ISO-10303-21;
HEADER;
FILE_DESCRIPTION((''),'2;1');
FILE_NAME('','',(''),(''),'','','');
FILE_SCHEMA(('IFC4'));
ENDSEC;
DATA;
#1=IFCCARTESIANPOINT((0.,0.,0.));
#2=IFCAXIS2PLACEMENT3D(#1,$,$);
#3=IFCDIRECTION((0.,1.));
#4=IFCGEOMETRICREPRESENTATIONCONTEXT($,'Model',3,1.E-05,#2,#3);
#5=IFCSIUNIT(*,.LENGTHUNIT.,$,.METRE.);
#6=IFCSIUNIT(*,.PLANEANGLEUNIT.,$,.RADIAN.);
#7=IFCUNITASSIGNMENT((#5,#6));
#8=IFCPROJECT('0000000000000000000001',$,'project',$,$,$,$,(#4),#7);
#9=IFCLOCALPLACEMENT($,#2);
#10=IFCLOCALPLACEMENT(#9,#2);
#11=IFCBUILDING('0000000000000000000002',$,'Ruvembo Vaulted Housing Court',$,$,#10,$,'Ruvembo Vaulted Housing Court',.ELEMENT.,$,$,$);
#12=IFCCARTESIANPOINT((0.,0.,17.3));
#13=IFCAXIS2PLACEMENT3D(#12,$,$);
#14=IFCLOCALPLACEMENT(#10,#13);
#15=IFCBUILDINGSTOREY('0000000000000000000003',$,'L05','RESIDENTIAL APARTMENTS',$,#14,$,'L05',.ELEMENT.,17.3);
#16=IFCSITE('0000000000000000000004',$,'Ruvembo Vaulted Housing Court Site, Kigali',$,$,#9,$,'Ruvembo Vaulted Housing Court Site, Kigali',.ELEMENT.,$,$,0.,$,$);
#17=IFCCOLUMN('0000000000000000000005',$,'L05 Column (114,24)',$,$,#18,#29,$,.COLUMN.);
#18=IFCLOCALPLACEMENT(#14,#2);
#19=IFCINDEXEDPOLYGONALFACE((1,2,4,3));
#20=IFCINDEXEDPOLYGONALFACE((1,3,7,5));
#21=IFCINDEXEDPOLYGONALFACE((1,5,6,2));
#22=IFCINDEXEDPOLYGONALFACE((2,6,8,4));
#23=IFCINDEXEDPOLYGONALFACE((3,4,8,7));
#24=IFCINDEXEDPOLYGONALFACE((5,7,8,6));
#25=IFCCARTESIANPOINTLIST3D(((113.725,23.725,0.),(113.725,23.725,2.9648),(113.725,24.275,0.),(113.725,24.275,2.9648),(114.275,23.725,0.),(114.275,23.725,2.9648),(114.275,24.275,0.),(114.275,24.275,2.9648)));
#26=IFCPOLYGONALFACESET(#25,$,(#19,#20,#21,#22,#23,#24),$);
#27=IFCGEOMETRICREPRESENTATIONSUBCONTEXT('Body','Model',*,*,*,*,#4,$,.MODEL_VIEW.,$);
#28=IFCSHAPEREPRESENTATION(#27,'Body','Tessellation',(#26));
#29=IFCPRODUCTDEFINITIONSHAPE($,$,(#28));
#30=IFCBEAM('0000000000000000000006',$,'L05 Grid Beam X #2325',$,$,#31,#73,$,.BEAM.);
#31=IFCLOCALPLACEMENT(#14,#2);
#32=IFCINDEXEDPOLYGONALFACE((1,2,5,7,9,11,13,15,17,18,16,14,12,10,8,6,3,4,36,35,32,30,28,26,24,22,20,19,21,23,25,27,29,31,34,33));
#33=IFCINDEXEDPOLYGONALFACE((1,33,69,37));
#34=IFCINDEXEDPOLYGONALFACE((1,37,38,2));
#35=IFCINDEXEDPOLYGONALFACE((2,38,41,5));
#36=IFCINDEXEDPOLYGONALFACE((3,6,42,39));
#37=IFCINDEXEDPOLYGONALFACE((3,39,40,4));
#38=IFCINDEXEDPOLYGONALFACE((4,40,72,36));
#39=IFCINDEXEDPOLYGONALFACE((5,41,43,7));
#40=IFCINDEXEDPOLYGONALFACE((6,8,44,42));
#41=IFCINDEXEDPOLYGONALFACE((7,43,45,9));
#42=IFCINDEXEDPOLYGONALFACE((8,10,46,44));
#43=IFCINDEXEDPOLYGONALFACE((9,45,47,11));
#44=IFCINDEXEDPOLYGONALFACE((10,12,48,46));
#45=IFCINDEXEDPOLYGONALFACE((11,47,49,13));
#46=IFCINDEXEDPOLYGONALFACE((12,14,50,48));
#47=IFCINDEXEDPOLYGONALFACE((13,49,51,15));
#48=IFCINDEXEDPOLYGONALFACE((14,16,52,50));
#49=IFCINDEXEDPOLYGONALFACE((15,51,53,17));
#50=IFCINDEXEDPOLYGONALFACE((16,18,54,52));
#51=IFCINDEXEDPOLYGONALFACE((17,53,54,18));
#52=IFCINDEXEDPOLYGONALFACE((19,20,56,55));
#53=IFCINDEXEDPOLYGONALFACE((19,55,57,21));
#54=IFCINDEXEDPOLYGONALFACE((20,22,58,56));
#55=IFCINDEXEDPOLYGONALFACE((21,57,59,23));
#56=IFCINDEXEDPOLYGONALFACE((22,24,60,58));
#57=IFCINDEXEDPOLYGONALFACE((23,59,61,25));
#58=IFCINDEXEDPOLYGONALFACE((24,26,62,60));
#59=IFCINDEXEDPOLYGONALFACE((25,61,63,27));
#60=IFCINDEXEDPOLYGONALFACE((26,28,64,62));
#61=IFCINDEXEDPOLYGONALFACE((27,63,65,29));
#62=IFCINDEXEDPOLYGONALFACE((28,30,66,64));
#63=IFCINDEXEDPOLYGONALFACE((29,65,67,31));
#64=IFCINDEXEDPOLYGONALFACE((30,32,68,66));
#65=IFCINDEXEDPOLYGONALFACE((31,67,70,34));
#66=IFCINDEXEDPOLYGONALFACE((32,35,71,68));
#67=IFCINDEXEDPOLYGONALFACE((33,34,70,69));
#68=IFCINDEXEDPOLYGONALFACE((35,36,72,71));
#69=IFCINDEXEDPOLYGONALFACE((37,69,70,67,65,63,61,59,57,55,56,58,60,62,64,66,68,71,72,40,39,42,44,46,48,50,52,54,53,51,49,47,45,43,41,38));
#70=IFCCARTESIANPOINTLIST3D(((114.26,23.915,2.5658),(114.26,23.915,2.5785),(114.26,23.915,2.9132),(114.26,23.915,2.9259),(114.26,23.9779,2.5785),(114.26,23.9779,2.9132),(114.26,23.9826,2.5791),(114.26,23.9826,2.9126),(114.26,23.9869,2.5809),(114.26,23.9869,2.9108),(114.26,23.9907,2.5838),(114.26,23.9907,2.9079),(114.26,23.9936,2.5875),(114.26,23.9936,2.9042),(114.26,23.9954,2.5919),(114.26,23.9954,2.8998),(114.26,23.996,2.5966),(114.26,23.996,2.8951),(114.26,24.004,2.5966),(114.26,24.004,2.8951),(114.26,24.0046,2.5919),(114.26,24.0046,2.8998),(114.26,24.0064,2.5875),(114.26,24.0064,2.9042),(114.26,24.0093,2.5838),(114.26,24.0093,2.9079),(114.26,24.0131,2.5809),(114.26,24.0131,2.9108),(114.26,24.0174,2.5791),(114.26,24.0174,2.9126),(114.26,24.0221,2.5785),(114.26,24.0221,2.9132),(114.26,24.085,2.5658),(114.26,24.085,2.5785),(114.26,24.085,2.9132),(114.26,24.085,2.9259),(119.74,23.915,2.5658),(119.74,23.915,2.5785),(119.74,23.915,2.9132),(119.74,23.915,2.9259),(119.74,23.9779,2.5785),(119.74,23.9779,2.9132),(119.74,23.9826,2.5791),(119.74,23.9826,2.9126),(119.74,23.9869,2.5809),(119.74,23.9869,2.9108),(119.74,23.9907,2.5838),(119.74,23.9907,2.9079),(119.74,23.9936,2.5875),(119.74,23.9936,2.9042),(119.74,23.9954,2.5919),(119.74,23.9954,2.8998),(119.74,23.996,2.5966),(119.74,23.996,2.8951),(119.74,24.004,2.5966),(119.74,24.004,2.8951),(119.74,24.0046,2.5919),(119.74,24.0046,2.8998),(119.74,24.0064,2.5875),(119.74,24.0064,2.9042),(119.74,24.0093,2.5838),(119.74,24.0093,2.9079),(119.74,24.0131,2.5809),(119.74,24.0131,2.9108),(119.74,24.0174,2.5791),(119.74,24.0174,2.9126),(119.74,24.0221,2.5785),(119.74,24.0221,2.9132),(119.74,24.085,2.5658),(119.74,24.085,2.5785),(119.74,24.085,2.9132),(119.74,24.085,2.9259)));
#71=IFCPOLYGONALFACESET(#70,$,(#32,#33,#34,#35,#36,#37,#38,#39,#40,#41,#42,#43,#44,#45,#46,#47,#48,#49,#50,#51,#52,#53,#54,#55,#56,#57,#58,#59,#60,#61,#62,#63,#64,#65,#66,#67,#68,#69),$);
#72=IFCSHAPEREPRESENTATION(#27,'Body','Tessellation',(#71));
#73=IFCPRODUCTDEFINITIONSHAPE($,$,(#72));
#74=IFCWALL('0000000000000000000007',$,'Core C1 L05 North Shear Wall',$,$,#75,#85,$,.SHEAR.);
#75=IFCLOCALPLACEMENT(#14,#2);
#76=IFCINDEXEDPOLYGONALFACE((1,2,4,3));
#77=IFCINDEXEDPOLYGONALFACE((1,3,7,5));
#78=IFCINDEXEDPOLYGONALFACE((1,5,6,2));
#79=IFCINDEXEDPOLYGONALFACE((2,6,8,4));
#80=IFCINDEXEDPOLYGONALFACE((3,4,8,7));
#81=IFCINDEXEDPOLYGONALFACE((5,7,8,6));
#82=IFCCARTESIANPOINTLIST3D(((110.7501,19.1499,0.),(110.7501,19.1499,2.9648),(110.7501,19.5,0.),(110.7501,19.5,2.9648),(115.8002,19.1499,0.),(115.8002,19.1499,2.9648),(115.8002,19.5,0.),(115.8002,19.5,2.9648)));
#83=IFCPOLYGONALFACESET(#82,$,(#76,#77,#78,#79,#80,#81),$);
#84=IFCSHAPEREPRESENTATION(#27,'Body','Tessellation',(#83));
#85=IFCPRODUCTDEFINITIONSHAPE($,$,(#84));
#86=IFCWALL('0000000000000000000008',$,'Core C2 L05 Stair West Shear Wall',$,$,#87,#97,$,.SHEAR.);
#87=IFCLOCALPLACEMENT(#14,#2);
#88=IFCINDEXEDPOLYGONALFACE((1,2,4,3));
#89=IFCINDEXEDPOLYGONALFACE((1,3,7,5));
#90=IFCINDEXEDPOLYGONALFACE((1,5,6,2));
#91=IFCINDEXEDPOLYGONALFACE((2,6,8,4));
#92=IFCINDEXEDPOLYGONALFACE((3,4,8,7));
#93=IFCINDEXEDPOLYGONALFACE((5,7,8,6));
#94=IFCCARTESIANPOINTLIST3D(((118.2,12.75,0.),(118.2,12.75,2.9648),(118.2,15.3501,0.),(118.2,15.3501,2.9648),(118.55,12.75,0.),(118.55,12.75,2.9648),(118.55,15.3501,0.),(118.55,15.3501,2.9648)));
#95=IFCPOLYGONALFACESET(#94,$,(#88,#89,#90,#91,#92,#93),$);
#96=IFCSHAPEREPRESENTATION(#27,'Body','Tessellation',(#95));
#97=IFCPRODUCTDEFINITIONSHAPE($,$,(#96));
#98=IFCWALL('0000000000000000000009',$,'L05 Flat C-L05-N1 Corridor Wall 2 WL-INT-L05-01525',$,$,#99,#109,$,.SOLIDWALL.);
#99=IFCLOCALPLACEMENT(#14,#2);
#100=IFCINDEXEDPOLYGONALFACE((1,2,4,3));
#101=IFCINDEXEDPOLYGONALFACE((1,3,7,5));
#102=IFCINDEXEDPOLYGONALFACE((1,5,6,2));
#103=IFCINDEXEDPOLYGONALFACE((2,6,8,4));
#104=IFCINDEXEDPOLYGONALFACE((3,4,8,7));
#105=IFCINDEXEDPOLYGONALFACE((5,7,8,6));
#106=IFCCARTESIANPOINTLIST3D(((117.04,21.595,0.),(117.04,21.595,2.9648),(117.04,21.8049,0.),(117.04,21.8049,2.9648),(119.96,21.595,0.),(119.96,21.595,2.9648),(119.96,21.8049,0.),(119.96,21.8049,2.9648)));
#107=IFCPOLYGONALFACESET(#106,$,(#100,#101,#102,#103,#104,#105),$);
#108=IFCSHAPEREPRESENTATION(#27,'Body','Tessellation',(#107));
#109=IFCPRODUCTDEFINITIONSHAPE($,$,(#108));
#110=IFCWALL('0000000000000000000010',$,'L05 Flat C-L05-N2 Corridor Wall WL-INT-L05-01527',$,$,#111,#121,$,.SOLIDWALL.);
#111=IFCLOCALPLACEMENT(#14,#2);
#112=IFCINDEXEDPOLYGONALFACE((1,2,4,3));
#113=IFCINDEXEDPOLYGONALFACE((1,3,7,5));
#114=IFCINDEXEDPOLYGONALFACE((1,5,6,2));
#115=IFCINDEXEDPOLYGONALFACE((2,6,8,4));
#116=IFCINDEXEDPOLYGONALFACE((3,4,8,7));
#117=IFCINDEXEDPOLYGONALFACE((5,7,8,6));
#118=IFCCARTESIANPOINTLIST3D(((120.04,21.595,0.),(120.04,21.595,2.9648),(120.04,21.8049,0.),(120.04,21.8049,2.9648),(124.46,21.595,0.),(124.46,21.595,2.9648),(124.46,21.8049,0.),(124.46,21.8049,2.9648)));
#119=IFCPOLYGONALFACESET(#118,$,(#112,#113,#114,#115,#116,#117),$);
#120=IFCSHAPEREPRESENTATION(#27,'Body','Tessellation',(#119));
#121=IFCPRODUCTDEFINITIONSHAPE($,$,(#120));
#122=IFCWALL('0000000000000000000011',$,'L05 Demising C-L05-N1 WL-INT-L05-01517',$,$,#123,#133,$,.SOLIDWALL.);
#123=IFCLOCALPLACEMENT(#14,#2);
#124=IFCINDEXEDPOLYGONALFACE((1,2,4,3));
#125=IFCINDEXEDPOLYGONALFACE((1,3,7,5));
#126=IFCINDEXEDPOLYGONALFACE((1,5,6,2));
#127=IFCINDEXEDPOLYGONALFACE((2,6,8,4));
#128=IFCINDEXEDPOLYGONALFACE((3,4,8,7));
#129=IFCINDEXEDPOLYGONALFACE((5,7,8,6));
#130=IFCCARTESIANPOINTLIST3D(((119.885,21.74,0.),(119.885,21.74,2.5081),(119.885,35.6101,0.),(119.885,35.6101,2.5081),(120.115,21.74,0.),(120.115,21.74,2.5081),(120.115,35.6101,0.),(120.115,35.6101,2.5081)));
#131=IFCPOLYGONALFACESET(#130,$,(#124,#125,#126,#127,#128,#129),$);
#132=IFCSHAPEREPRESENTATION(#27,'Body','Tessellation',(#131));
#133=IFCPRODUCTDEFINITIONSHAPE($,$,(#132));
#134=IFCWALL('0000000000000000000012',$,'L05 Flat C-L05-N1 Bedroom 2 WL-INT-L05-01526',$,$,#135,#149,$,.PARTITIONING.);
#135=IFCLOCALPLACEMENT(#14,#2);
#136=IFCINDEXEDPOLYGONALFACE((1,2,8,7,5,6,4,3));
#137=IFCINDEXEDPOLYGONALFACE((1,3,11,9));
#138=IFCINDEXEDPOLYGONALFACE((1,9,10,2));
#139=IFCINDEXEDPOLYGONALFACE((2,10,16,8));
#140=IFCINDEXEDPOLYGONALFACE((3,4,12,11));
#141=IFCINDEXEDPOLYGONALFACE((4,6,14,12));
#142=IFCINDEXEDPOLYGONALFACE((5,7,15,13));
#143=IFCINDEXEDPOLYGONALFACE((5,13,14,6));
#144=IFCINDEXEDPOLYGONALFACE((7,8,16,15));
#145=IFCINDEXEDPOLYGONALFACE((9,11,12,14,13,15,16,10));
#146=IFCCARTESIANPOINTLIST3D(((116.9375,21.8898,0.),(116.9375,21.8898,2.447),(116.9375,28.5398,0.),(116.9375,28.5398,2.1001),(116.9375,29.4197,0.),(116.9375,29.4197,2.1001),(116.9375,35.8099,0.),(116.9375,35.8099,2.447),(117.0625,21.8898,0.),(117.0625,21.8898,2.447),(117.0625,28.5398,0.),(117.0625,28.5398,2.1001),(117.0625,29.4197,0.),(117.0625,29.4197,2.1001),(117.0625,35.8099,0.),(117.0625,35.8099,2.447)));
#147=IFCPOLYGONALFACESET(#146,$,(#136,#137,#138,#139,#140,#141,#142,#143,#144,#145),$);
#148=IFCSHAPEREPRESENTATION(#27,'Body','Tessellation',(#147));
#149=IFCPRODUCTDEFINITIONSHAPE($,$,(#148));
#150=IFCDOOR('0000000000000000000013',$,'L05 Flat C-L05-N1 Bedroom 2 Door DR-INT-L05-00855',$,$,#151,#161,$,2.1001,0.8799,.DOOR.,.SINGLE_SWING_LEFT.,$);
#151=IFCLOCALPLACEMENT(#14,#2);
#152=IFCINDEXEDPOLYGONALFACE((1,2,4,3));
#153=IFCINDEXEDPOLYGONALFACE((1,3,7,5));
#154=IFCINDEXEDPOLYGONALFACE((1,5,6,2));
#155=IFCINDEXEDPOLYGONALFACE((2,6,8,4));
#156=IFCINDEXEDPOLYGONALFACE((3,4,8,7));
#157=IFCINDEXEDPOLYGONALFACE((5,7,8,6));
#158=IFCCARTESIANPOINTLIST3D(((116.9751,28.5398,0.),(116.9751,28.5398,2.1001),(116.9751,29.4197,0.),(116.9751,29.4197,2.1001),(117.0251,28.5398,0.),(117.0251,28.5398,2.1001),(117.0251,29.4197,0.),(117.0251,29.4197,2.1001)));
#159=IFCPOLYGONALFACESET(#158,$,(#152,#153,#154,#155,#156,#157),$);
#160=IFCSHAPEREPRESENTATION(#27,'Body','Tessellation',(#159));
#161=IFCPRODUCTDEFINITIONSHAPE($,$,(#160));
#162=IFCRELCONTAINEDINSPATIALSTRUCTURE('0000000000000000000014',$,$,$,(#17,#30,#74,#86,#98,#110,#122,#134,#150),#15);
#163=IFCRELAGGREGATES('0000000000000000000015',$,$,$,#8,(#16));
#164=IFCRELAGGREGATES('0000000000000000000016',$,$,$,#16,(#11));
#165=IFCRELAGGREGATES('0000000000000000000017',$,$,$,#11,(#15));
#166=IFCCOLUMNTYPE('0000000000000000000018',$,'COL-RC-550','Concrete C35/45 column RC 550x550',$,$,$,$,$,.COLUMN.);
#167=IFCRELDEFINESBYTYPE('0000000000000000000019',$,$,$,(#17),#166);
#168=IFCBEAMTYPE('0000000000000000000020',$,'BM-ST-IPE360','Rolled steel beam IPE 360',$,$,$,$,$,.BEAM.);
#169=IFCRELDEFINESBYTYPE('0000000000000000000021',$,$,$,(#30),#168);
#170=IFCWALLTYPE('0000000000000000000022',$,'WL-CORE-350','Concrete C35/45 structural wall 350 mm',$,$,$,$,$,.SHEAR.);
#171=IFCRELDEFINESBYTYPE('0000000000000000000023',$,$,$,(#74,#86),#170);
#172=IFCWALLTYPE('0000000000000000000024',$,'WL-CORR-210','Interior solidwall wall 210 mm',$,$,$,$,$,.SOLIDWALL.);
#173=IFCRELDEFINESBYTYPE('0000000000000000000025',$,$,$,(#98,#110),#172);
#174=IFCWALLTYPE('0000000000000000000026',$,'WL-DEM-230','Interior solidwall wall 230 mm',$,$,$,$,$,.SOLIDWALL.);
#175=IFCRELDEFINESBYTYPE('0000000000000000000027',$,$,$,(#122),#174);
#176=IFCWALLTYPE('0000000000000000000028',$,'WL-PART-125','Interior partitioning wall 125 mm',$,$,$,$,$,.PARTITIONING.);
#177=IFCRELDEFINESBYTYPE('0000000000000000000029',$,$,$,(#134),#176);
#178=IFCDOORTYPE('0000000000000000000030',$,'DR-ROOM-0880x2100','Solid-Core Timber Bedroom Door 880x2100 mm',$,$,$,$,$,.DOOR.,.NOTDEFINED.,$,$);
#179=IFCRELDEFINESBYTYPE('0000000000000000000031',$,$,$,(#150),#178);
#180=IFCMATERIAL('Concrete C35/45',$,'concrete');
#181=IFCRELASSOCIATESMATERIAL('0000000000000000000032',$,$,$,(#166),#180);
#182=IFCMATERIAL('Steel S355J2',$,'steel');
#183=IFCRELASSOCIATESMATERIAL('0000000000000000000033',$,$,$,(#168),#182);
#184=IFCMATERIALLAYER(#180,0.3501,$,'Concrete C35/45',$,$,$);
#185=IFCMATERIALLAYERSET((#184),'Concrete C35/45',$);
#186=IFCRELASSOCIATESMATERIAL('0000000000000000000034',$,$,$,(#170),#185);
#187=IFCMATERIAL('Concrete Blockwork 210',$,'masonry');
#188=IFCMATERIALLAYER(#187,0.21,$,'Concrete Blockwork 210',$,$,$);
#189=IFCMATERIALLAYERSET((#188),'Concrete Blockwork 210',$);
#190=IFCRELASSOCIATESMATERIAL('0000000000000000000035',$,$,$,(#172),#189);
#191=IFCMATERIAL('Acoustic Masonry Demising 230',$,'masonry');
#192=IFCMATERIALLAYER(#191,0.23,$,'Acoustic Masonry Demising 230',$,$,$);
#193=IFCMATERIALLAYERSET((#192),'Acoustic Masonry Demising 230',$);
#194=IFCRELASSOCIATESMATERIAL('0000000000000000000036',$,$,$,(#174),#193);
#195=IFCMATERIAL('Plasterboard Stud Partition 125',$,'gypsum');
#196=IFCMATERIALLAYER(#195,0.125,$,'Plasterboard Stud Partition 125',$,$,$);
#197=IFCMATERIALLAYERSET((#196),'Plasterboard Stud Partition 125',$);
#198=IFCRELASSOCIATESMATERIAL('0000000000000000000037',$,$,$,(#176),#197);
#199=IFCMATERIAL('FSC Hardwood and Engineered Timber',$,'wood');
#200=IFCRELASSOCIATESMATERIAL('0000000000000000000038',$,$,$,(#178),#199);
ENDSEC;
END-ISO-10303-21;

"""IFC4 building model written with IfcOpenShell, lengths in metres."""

from ifc_helpers import new_model, si_unit, direction, frame, frame_2d, origin, origin_2d, place, context, subcontext, project, spatial, rectangle, i_section, extrude, material, layer, layer_set, material_profile, profile_set, type_object, element, fill, save


model = new_model("IFC4")

# Units and contexts
model_context = context("Model", 3, precision=1e-05, world=origin(), true_north=direction((0.0, 1.0)))
body_context = subcontext(model_context, "Body", "Model", "MODEL_VIEW")
ifc_project = project(units=[si_unit("LENGTHUNIT", "METRE"), si_unit("PLANEANGLEUNIT", "RADIAN")], contexts=[model_context])

# Site, building, storey
site_placement = place(None, origin())
site = spatial("IfcSite", under=ifc_project, at=site_placement, Name="Ruvembo Vaulted Housing Court Site, Kigali", LongName="Ruvembo Vaulted Housing Court Site, Kigali", CompositionType="ELEMENT", RefElevation=0.0)
building_placement = place(site_placement, origin())
building = spatial("IfcBuilding", under=site, at=building_placement, Name="Ruvembo Vaulted Housing Court", LongName="Ruvembo Vaulted Housing Court", CompositionType="ELEMENT")
storey_placement = place(building_placement, frame((0.0, 0.0, 17.3)))
storey = spatial("IfcBuildingStorey", under=building, at=storey_placement, Name="L05", Description="RESIDENTIAL APARTMENTS", LongName="L05", CompositionType="ELEMENT", Elevation=17.3)

# Column
ifc_material_1 = material(Name="Concrete C35/45", Category="concrete")
ifc_material_profile_1 = material_profile(ifc_material_1, rectangle(XDim=0.55, YDim=0.55, at=origin_2d()), Name="RC 550x550")
ifc_profile_set_1 = profile_set([ifc_material_profile_1], Name="Concrete C35/45")
column_type = type_object("IfcColumnType", Name="COL-RC-550", Description="Concrete C35/45 column RC 550x550", PredefinedType="COLUMN", material=ifc_profile_set_1)
column_placement = place(storey_placement, frame((114.0, 24.0, 0.0), z_axis=(0.0, 0.0, 1.0), x_axis=(1.0, 0.0, 0.0)))
element("IfcColumn", 1, at=column_placement, inside=storey, type_object=column_type, Name="L05 Column (114,24)", PredefinedType="COLUMN", context=body_context, shape_type="SweptSolid", body=[
    extrude(rectangle(XDim=0.55, YDim=0.55, at=origin_2d()), origin(), (0.0, 0.0, 1.0), 2.9648),
])

# Beam
ifc_material_2 = material(Name="Steel S355J2", Category="steel")
ifc_material_profile_2 = material_profile(ifc_material_2, i_section(OverallWidth=0.1699, OverallDepth=0.3601, WebThickness=0.0081, FlangeThickness=0.0127, FilletRadius=0.0181, at=origin_2d()), Name="IPE 360")
ifc_profile_set_2 = profile_set([ifc_material_profile_2], Name="Steel S355J2")
beam_type = type_object("IfcBeamType", Name="BM-ST-IPE360", Description="Rolled steel beam IPE 360", PredefinedType="BEAM", material=ifc_profile_set_2)
beam_placement = place(storey_placement, frame((114.26, 24.0, 2.7458), z_axis=(1.0, 0.0, 0.0), x_axis=(0.0, 1.0, 0.0)))
element("IfcBeam", 2, at=beam_placement, inside=storey, type_object=beam_type, Name="L05 Grid Beam X #2325", PredefinedType="BEAM", context=body_context, shape_type="SweptSolid", body=[
    extrude(i_section(OverallWidth=0.1699, OverallDepth=0.3601, WebThickness=0.0081, FlangeThickness=0.0127, FilletRadius=0.0181, at=origin_2d()), origin(), (0.0, 0.0, 1.0), 5.48),
])

# Walls
ifc_layer_1 = layer(ifc_material_1, 0.3501, Name="Concrete C35/45")
ifc_layer_set_1 = layer_set([ifc_layer_1], Name="Concrete C35/45")
wall_type_1 = type_object("IfcWallType", Name="WL-CORE-350", Description="Concrete C35/45 structural wall 350 mm", PredefinedType="SHEAR", material=ifc_layer_set_1)
wall_1_placement = place(storey_placement, frame((115.8, 19.325, 0.0), z_axis=(0.0, 0.0, 1.0), x_axis=(-1.0, 0.0, 0.0)))
element("IfcWall", 3, at=wall_1_placement, inside=storey, type_object=wall_type_1, Name="Core C1 L05 North Shear Wall", PredefinedType="SHEAR", context=body_context, shape_type="SweptSolid", body=[
    extrude(rectangle(XDim=5.05, YDim=0.3501, at=frame_2d((2.5249, 0.0))), origin(), (0.0, 0.0, 1.0), 2.9648),
])
wall_2_placement = place(storey_placement, frame((118.375, 15.3501, 0.0), z_axis=(0.0, 0.0, 1.0), x_axis=(0.0, -1.0, 0.0)))
element("IfcWall", 4, at=wall_2_placement, inside=storey, type_object=wall_type_1, Name="Core C2 L05 Stair West Shear Wall", PredefinedType="SHEAR", context=body_context, shape_type="SweptSolid", body=[
    extrude(rectangle(XDim=2.6001, YDim=0.3501, at=frame_2d((1.3, 0.0))), origin(), (0.0, 0.0, 1.0), 2.9648),
])
ifc_material_3 = material(Name="Concrete Blockwork 210", Category="masonry")
ifc_layer_2 = layer(ifc_material_3, 0.21, Name="Concrete Blockwork 210")
ifc_layer_set_2 = layer_set([ifc_layer_2], Name="Concrete Blockwork 210")
wall_type_2 = type_object("IfcWallType", Name="WL-CORR-210", Description="Interior solidwall wall 210 mm", PredefinedType="SOLIDWALL", material=ifc_layer_set_2)
wall_3_placement = place(storey_placement, frame((117.04, 21.7, 0.0), z_axis=(0.0, 0.0, 1.0), x_axis=(1.0, 0.0, 0.0)))
element("IfcWall", 5, at=wall_3_placement, inside=storey, type_object=wall_type_2, Name="L05 Flat C-L05-N1 Corridor Wall 2 WL-INT-L05-01525", PredefinedType="SOLIDWALL", context=body_context, shape_type="SweptSolid", body=[
    extrude(rectangle(XDim=2.9199, YDim=0.21, at=frame_2d((1.46, 0.0))), origin(), (0.0, 0.0, 1.0), 2.9648),
])
wall_4_placement = place(storey_placement, frame((120.04, 21.7, 0.0), z_axis=(0.0, 0.0, 1.0), x_axis=(1.0, 0.0, 0.0)))
element("IfcWall", 6, at=wall_4_placement, inside=storey, type_object=wall_type_2, Name="L05 Flat C-L05-N2 Corridor Wall WL-INT-L05-01527", PredefinedType="SOLIDWALL", context=body_context, shape_type="SweptSolid", body=[
    extrude(rectangle(XDim=4.4199, YDim=0.21, at=frame_2d((2.21, 0.0))), origin(), (0.0, 0.0, 1.0), 2.9648),
])
ifc_material_4 = material(Name="Acoustic Masonry Demising 230", Category="masonry")
ifc_layer_3 = layer(ifc_material_4, 0.23, Name="Acoustic Masonry Demising 230")
ifc_layer_set_3 = layer_set([ifc_layer_3], Name="Acoustic Masonry Demising 230")
wall_type_3 = type_object("IfcWallType", Name="WL-DEM-230", Description="Interior solidwall wall 230 mm", PredefinedType="SOLIDWALL", material=ifc_layer_set_3)
wall_5_placement = place(storey_placement, frame((120.0, 21.74, 0.0), z_axis=(0.0, 0.0, 1.0), x_axis=(0.0, 1.0, 0.0)))
element("IfcWall", 7, at=wall_5_placement, inside=storey, type_object=wall_type_3, Name="L05 Demising C-L05-N1 WL-INT-L05-01517", PredefinedType="SOLIDWALL", context=body_context, shape_type="SweptSolid", body=[
    extrude(rectangle(XDim=13.8701, YDim=0.23, at=frame_2d((6.9351, 0.0))), origin(), (0.0, 0.0, 1.0), 2.5081),
])

# Wall, opening, door
ifc_material_5 = material(Name="Plasterboard Stud Partition 125", Category="gypsum")
ifc_layer_4 = layer(ifc_material_5, 0.125, Name="Plasterboard Stud Partition 125")
ifc_layer_set_4 = layer_set([ifc_layer_4], Name="Plasterboard Stud Partition 125")
wall_type_4 = type_object("IfcWallType", Name="WL-PART-125", Description="Interior partitioning wall 125 mm", PredefinedType="PARTITIONING", material=ifc_layer_set_4)
wall_6_placement = place(storey_placement, frame((117.0, 21.8899, 0.0), z_axis=(0.0, 0.0, 1.0), x_axis=(0.0, 1.0, 0.0)))
wall_6 = element("IfcWall", 8, at=wall_6_placement, inside=storey, type_object=wall_type_4, Name="L05 Flat C-L05-N1 Bedroom 2 WL-INT-L05-01526", PredefinedType="PARTITIONING", context=body_context, shape_type="SweptSolid", body=[
    extrude(rectangle(XDim=13.9202, YDim=0.125, at=frame_2d((6.96, 0.0))), origin(), (0.0, 0.0, 1.0), 2.447),
])
opening_1_placement = place(wall_6_placement, frame((6.6499, 0.0, 0.0)))
opening_1 = element("IfcOpeningElement", 9, at=opening_1_placement, cuts=wall_6, PredefinedType="OPENING", context=body_context, shape_type="SweptSolid", body=[
    extrude(rectangle(XDim=0.8799, YDim=2.1001, at=frame_2d((0.4399, 1.05))), frame((0.0, 0.0725, 0.0), z_axis=(0.0, -1.0, 0.0), x_axis=(1.0, 0.0, 0.0)), (0.0, 0.0, 1.0), 0.145),
])
ifc_material_6 = material(Name="FSC Hardwood and Engineered Timber", Category="wood")
door_type_1 = type_object("IfcDoorType", Name="DR-ROOM-0880x2100", Description="Solid-Core Timber Bedroom Door 880x2100 mm", OperationType="NOTDEFINED", PredefinedType="DOOR", material=ifc_material_6)
door_1_placement = place(opening_1_placement, origin())
door_1 = element("IfcDoor", 10, at=door_1_placement, inside=storey, type_object=door_type_1, Name="L05 Flat C-L05-N1 Bedroom 2 Door DR-INT-L05-00855", OperationType="SINGLE_SWING_LEFT", OverallHeight=2.1001, OverallWidth=0.8799, PredefinedType="DOOR", context=body_context, shape_type="SweptSolid", body=[
    extrude(rectangle(XDim=0.8799, YDim=2.1001, at=frame_2d((0.4399, 1.05))), frame((0.0, 0.0249, 0.0), z_axis=(0.0, -1.0, 0.0), x_axis=(1.0, 0.0, 0.0)), (0.0, 0.0, 1.0), 0.05),
])
fill(opening_1, door_1)

save(model, "model.ifc")
